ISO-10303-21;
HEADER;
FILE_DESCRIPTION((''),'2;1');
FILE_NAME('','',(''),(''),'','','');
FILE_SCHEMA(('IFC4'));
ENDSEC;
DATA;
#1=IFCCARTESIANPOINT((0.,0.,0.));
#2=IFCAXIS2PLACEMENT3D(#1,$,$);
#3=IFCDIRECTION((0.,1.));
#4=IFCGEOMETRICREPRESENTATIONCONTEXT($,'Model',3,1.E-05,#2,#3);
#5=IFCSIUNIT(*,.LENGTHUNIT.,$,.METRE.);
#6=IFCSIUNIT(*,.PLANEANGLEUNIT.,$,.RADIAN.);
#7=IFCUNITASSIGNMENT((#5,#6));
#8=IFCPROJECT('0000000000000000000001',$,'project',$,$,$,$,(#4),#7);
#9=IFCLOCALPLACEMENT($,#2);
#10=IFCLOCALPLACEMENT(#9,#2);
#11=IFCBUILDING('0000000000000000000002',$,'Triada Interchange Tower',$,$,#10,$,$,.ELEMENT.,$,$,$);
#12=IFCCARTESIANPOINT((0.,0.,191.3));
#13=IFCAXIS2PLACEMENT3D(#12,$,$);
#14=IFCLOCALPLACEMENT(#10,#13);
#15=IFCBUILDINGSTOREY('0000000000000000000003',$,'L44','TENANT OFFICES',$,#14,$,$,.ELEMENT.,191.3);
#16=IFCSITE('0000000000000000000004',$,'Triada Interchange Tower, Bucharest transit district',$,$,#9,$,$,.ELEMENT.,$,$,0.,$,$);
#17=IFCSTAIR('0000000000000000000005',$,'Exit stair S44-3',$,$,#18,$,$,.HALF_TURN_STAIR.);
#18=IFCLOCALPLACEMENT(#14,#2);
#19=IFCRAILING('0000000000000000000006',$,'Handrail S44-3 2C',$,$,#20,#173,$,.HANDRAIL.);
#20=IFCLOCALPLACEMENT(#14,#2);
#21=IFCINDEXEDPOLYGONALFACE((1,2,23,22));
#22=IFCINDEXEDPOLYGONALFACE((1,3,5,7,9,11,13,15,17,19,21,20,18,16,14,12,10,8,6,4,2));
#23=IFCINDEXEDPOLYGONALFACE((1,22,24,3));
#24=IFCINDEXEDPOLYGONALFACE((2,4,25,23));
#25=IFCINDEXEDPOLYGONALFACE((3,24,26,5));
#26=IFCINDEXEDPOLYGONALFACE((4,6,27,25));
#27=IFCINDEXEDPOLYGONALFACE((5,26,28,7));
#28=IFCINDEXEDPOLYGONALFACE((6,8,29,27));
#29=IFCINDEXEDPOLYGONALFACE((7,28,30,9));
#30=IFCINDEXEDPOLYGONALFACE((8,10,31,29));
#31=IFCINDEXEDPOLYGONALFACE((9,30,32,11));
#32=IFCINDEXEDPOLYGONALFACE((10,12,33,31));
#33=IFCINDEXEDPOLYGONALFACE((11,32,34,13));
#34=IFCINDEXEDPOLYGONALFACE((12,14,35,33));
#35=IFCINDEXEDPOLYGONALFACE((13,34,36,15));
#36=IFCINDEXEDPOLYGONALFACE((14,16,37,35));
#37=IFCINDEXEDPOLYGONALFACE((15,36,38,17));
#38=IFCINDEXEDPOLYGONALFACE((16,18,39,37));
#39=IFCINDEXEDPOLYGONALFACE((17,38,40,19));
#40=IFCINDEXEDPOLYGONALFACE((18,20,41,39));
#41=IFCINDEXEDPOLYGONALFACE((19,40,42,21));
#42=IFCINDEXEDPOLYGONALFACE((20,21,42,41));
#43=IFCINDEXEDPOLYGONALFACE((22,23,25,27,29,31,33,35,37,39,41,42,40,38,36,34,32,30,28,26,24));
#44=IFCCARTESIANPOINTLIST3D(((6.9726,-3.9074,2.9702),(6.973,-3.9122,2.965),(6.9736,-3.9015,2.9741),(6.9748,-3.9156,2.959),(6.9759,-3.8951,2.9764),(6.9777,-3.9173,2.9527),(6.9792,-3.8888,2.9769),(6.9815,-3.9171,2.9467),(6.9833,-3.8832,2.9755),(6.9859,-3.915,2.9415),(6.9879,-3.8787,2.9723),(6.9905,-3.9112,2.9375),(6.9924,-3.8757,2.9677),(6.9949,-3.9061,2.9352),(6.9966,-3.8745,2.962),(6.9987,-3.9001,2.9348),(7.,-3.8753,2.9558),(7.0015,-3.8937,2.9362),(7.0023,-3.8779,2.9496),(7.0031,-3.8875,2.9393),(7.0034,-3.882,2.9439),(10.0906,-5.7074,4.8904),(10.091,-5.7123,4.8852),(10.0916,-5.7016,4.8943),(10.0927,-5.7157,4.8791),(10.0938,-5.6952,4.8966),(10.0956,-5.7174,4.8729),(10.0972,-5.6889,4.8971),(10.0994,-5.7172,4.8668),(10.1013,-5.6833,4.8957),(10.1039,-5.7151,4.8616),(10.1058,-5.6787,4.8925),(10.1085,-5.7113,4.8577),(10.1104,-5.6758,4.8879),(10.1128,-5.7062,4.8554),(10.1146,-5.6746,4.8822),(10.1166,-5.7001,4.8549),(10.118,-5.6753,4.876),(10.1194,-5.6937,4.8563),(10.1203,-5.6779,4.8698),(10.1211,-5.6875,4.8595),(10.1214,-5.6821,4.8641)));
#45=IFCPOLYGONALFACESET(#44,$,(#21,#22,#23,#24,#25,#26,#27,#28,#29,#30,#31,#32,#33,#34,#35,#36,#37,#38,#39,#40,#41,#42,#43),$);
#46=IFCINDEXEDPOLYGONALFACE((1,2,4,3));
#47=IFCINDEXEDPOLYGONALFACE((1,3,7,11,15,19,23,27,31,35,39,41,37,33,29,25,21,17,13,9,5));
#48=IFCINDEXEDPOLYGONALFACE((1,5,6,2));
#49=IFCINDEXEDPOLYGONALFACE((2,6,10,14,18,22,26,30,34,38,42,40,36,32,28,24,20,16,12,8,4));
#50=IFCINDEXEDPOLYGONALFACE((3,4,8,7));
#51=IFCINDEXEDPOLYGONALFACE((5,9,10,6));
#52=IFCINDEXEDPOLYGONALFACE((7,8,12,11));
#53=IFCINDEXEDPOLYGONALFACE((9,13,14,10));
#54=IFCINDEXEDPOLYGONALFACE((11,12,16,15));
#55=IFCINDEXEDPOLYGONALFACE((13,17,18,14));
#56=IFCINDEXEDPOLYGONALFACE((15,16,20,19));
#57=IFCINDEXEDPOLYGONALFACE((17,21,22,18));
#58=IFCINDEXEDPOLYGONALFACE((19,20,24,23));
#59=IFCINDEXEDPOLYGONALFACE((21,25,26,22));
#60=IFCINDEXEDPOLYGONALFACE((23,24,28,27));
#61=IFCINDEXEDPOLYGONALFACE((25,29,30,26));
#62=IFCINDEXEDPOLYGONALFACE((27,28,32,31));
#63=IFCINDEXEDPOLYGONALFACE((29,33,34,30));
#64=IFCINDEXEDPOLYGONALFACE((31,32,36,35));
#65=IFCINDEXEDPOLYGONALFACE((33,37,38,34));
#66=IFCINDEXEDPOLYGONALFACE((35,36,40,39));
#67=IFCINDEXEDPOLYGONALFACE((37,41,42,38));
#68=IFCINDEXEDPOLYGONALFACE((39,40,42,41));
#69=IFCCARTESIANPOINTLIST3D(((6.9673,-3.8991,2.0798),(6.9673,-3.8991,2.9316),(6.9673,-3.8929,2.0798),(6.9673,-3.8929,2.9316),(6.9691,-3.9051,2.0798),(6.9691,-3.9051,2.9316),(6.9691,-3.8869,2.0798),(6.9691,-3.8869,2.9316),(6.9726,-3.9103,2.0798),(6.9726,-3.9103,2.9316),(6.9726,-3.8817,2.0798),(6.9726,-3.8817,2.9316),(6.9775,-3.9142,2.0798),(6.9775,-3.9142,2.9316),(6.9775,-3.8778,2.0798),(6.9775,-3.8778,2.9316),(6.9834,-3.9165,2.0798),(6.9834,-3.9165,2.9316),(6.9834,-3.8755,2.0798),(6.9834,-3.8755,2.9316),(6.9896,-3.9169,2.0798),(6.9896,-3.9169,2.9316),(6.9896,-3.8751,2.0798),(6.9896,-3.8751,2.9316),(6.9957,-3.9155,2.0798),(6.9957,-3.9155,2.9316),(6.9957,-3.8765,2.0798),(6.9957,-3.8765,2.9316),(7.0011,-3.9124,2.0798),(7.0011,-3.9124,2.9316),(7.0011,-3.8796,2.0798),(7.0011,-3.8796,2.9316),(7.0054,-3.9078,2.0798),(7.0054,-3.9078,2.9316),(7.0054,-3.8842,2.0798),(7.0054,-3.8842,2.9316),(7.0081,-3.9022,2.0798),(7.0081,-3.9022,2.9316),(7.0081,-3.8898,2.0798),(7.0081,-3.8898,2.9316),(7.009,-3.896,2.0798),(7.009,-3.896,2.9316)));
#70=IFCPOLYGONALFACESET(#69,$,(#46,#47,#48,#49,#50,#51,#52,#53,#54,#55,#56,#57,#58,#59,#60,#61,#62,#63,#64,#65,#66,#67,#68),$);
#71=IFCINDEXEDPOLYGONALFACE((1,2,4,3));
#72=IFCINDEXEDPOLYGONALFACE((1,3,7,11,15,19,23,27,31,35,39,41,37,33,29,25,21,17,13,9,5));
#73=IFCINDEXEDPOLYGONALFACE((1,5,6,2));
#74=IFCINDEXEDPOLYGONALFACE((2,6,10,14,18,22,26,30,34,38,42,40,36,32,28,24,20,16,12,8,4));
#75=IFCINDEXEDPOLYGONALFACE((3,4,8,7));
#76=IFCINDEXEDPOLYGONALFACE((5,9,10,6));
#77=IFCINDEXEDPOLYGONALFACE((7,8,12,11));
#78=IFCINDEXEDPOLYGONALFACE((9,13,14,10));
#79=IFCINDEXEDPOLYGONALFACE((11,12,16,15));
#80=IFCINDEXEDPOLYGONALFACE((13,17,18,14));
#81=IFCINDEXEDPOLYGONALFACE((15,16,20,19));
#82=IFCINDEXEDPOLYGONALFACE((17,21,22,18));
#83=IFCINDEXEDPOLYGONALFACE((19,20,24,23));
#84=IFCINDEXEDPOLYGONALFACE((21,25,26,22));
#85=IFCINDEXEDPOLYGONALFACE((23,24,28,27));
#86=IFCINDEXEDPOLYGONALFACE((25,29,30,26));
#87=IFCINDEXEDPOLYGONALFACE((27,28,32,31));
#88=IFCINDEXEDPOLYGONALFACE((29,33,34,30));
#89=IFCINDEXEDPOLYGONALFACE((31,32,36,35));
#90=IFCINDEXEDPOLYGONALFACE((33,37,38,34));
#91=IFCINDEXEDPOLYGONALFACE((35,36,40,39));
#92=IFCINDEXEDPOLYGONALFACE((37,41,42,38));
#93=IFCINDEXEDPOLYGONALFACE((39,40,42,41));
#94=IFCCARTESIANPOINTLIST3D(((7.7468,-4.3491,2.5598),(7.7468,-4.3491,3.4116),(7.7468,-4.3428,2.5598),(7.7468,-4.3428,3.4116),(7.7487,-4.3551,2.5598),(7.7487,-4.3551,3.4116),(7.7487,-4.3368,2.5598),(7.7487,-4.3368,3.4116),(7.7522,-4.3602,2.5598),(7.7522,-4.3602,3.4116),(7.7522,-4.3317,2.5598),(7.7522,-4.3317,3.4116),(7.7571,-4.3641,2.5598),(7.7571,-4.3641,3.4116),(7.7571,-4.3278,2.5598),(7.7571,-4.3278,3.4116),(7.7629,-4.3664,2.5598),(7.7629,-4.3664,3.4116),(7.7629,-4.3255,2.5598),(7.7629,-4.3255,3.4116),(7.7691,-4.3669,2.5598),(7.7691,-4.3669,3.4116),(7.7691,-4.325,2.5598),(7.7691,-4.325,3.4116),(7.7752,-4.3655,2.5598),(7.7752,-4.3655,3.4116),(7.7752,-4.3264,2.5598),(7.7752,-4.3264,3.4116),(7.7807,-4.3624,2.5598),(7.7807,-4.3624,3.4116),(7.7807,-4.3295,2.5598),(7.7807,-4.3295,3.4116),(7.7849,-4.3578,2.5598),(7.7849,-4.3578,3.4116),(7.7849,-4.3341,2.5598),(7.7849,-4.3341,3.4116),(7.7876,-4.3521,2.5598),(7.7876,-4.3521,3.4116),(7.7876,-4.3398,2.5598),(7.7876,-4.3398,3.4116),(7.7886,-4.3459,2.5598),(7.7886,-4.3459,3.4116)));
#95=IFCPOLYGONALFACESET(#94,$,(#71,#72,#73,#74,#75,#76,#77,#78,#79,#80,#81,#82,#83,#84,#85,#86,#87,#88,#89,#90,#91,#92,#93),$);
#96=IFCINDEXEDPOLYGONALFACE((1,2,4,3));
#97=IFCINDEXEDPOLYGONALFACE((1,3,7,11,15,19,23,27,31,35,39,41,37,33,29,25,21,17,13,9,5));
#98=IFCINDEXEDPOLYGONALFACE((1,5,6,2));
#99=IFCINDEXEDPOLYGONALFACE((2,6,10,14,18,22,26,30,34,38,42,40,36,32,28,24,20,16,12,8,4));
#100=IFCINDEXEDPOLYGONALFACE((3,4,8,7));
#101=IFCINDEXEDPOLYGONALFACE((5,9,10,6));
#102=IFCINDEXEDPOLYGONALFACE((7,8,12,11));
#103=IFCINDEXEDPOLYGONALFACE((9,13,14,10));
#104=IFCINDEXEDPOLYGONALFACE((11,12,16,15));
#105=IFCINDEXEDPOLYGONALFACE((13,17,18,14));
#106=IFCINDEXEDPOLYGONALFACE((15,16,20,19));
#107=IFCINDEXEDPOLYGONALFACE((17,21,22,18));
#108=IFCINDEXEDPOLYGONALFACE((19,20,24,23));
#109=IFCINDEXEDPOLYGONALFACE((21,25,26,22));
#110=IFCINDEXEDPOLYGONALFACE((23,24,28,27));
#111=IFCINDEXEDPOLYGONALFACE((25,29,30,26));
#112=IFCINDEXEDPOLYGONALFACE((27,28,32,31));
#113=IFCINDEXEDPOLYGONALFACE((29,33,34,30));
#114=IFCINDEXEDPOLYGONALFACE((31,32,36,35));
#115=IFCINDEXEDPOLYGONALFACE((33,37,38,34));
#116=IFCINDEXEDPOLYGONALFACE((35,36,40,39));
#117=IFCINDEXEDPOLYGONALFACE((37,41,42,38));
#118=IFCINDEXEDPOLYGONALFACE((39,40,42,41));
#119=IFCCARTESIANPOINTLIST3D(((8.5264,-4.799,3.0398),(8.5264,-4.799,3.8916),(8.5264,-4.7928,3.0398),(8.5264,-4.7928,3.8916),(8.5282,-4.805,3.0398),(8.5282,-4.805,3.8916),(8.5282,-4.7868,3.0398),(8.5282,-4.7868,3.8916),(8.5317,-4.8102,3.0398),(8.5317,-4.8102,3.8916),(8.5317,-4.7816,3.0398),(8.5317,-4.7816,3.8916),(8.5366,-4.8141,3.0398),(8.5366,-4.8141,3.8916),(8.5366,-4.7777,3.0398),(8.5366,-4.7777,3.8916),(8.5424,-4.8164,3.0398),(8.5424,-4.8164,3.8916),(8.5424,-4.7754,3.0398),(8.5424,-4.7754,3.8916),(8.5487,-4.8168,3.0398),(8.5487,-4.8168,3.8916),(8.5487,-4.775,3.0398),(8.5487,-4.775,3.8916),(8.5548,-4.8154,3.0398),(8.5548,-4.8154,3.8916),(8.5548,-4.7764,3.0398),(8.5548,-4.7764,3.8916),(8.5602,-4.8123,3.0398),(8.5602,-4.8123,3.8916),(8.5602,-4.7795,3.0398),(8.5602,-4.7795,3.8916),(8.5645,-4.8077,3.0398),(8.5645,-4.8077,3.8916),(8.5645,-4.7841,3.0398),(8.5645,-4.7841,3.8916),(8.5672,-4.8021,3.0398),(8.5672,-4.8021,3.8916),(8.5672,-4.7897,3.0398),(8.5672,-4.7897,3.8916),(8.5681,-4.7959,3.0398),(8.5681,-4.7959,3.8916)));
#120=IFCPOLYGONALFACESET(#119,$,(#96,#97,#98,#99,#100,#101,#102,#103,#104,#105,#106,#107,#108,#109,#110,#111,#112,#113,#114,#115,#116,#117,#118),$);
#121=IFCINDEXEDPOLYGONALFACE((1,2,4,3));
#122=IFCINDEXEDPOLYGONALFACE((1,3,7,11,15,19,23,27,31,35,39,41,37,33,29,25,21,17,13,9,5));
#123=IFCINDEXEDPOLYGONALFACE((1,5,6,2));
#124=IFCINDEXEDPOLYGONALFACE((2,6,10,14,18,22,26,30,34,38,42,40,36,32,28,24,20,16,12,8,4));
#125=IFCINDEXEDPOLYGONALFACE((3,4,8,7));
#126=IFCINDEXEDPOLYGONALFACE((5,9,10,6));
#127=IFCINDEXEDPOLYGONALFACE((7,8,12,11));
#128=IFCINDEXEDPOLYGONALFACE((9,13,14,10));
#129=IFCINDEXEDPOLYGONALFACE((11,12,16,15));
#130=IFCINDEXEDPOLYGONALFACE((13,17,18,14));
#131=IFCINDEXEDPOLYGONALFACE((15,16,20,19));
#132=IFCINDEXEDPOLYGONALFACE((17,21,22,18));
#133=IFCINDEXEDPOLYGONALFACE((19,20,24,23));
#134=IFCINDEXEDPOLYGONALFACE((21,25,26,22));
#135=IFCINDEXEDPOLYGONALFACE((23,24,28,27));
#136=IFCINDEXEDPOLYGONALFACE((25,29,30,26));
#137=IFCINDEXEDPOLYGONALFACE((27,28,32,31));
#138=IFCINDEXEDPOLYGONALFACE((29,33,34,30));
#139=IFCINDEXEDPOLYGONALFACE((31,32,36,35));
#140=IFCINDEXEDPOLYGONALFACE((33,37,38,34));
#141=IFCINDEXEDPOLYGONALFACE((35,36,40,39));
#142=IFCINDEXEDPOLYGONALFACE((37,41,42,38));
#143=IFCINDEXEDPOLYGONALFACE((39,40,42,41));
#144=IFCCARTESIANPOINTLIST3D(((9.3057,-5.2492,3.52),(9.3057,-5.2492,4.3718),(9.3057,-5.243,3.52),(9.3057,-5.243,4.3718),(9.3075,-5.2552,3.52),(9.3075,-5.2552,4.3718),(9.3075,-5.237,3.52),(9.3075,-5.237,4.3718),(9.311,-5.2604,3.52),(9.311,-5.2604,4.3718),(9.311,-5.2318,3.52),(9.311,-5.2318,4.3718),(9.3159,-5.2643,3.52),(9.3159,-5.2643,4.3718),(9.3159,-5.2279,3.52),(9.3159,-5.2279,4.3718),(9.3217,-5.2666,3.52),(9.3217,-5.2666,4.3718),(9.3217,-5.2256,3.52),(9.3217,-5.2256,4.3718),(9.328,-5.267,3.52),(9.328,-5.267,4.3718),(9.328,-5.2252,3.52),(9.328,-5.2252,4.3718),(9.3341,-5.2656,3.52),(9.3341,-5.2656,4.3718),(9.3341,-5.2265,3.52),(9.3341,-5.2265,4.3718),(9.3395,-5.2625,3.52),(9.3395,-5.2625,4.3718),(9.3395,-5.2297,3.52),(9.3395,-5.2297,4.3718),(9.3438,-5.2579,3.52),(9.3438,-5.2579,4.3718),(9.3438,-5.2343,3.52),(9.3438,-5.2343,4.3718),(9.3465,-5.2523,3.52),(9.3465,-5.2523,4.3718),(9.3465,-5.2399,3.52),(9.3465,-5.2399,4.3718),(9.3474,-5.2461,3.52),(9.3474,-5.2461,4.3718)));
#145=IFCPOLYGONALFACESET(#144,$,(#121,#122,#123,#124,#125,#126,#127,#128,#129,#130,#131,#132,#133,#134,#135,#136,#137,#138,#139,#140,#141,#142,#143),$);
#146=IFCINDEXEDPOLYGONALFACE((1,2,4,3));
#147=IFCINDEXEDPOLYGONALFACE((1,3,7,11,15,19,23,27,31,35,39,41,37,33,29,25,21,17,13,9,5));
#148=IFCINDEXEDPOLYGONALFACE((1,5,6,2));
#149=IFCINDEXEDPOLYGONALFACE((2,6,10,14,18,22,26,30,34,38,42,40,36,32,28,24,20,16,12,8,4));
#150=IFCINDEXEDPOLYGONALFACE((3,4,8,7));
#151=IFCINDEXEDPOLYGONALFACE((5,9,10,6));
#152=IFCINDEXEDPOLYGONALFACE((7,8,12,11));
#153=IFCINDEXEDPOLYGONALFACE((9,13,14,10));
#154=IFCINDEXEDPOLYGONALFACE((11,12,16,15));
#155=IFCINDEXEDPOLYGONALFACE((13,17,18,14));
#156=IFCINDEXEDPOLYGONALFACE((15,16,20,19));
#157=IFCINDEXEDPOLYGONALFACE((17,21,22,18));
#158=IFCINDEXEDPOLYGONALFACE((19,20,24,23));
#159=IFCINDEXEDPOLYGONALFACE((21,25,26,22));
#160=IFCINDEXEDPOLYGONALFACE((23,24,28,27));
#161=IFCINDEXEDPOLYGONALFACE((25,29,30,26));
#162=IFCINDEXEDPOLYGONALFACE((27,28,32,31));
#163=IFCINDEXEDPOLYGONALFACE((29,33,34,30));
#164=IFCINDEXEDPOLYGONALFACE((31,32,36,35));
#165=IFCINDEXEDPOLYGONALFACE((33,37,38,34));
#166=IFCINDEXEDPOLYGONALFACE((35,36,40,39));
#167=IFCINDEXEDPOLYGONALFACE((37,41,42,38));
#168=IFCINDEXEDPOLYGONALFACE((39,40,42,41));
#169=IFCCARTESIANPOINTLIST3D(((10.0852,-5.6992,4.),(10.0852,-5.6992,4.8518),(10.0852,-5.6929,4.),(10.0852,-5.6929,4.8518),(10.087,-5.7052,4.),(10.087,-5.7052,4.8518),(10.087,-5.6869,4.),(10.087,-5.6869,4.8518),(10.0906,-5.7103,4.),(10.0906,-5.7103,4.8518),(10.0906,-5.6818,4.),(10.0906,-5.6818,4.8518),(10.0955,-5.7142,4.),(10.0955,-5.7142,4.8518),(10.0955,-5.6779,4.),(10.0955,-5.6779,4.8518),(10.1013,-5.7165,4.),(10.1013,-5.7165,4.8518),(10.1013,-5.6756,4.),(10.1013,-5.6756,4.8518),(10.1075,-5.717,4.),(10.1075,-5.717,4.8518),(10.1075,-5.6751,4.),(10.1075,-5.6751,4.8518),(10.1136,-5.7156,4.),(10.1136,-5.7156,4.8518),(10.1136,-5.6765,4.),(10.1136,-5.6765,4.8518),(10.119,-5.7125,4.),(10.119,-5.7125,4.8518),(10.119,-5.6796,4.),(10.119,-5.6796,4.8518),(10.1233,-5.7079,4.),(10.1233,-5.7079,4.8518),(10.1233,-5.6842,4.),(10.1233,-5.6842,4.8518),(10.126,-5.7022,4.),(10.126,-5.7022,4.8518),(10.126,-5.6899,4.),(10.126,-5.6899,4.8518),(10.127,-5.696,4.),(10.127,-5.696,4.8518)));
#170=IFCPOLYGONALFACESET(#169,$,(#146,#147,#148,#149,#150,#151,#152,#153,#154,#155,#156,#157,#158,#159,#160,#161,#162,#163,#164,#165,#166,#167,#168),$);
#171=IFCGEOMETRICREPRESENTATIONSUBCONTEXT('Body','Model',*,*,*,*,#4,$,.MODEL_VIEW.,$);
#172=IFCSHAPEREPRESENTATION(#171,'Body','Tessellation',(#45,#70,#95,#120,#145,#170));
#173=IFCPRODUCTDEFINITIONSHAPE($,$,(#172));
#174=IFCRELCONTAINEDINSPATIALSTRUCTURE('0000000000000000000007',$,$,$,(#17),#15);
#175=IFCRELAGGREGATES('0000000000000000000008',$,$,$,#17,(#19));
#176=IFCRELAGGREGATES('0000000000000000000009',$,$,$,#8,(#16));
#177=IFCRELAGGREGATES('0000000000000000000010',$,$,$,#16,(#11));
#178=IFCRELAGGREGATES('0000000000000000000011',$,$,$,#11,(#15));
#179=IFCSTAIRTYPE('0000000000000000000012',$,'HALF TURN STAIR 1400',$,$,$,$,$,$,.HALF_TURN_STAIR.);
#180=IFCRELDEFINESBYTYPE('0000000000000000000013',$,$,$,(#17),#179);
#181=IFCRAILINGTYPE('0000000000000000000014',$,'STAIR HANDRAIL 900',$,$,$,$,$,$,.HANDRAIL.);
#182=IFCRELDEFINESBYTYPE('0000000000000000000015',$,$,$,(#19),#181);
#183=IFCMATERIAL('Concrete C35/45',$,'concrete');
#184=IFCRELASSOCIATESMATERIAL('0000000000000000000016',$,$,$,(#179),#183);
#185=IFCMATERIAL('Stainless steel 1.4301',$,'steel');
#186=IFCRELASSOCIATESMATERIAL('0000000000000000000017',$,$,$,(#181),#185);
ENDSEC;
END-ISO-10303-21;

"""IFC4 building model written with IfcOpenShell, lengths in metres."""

from ifc_helpers import new_model, si_unit, direction, frame, origin, origin_2d, place, context, subcontext, project, spatial, circle, extrude, material, type_object, element, aggregate, save


model = new_model("IFC4")

# Units and contexts
model_context = context("Model", 3, precision=1e-05, world=origin(), true_north=direction((0.0, 1.0)))
body_context = subcontext(model_context, "Body", "Model", "MODEL_VIEW")
ifc_project = project(units=[si_unit("LENGTHUNIT", "METRE"), si_unit("PLANEANGLEUNIT", "RADIAN")], contexts=[model_context])

# Site, building, storey
site_placement = place(None, origin())
site = spatial("IfcSite", under=ifc_project, at=site_placement, Name="Triada Interchange Tower, Bucharest transit district", CompositionType="ELEMENT", RefElevation=0.0)
building_placement = place(site_placement, origin())
building = spatial("IfcBuilding", under=site, at=building_placement, Name="Triada Interchange Tower", CompositionType="ELEMENT")
storey_placement = place(building_placement, frame((0.0, 0.0, 191.3)))
storey = spatial("IfcBuildingStorey", under=building, at=storey_placement, Name="L44", Description="TENANT OFFICES", CompositionType="ELEMENT", Elevation=191.3)

# Stair, railing
ifc_material_1 = material(Name="Concrete C35/45", Category="concrete")
stair_type = type_object("IfcStairType", Name="HALF TURN STAIR 1400", PredefinedType="HALF_TURN_STAIR", material=ifc_material_1)
stair_placement = place(storey_placement, origin())
stair = element("IfcStair", 1, at=stair_placement, inside=storey, type_object=stair_type, Name="Exit stair S44-3", PredefinedType="HALF_TURN_STAIR")
ifc_material_2 = material(Name="Stainless steel 1.4301", Category="steel")
railing_type = type_object("IfcRailingType", Name="STAIR HANDRAIL 900", PredefinedType="HANDRAIL", material=ifc_material_2)
railing_1_placement = place(storey_placement, frame((6.988, -3.896, 2.0798)))
railing_1 = element("IfcRailing", 2, at=railing_1_placement, type_object=railing_type, Name="Handrail S44-3 2C", PredefinedType="HANDRAIL", context=body_context, shape_type="SweptSolid", body=[
    extrude(circle(Radius=0.0239, at=origin_2d()), frame((0.0, 0.0, 0.876), z_axis=(0.764145, -0.441159, 0.470597), x_axis=(0.499983, 0.866035, 0.0)), (0.0, 0.0, 1.0), 4.0803),
    extrude(circle(Radius=0.021, at=origin_2d()), origin(), (0.0, 0.0, 1.0), 0.8518),
    extrude(circle(Radius=0.021, at=origin_2d()), frame((0.7795, -0.45, 0.48)), (0.0, 0.0, 1.0), 0.8518),
    extrude(circle(Radius=0.021, at=origin_2d()), frame((1.5591, -0.8999, 0.96)), (0.0, 0.0, 1.0), 0.8518),
    extrude(circle(Radius=0.021, at=origin_2d()), frame((2.3384, -1.3501, 1.4402)), (0.0, 0.0, 1.0), 0.8518),
    extrude(circle(Radius=0.021, at=origin_2d()), frame((3.1179, -1.8, 1.9202)), (0.0, 0.0, 1.0), 0.8518),
])
aggregate(stair, [railing_1])

save(model, "model.ifc")
